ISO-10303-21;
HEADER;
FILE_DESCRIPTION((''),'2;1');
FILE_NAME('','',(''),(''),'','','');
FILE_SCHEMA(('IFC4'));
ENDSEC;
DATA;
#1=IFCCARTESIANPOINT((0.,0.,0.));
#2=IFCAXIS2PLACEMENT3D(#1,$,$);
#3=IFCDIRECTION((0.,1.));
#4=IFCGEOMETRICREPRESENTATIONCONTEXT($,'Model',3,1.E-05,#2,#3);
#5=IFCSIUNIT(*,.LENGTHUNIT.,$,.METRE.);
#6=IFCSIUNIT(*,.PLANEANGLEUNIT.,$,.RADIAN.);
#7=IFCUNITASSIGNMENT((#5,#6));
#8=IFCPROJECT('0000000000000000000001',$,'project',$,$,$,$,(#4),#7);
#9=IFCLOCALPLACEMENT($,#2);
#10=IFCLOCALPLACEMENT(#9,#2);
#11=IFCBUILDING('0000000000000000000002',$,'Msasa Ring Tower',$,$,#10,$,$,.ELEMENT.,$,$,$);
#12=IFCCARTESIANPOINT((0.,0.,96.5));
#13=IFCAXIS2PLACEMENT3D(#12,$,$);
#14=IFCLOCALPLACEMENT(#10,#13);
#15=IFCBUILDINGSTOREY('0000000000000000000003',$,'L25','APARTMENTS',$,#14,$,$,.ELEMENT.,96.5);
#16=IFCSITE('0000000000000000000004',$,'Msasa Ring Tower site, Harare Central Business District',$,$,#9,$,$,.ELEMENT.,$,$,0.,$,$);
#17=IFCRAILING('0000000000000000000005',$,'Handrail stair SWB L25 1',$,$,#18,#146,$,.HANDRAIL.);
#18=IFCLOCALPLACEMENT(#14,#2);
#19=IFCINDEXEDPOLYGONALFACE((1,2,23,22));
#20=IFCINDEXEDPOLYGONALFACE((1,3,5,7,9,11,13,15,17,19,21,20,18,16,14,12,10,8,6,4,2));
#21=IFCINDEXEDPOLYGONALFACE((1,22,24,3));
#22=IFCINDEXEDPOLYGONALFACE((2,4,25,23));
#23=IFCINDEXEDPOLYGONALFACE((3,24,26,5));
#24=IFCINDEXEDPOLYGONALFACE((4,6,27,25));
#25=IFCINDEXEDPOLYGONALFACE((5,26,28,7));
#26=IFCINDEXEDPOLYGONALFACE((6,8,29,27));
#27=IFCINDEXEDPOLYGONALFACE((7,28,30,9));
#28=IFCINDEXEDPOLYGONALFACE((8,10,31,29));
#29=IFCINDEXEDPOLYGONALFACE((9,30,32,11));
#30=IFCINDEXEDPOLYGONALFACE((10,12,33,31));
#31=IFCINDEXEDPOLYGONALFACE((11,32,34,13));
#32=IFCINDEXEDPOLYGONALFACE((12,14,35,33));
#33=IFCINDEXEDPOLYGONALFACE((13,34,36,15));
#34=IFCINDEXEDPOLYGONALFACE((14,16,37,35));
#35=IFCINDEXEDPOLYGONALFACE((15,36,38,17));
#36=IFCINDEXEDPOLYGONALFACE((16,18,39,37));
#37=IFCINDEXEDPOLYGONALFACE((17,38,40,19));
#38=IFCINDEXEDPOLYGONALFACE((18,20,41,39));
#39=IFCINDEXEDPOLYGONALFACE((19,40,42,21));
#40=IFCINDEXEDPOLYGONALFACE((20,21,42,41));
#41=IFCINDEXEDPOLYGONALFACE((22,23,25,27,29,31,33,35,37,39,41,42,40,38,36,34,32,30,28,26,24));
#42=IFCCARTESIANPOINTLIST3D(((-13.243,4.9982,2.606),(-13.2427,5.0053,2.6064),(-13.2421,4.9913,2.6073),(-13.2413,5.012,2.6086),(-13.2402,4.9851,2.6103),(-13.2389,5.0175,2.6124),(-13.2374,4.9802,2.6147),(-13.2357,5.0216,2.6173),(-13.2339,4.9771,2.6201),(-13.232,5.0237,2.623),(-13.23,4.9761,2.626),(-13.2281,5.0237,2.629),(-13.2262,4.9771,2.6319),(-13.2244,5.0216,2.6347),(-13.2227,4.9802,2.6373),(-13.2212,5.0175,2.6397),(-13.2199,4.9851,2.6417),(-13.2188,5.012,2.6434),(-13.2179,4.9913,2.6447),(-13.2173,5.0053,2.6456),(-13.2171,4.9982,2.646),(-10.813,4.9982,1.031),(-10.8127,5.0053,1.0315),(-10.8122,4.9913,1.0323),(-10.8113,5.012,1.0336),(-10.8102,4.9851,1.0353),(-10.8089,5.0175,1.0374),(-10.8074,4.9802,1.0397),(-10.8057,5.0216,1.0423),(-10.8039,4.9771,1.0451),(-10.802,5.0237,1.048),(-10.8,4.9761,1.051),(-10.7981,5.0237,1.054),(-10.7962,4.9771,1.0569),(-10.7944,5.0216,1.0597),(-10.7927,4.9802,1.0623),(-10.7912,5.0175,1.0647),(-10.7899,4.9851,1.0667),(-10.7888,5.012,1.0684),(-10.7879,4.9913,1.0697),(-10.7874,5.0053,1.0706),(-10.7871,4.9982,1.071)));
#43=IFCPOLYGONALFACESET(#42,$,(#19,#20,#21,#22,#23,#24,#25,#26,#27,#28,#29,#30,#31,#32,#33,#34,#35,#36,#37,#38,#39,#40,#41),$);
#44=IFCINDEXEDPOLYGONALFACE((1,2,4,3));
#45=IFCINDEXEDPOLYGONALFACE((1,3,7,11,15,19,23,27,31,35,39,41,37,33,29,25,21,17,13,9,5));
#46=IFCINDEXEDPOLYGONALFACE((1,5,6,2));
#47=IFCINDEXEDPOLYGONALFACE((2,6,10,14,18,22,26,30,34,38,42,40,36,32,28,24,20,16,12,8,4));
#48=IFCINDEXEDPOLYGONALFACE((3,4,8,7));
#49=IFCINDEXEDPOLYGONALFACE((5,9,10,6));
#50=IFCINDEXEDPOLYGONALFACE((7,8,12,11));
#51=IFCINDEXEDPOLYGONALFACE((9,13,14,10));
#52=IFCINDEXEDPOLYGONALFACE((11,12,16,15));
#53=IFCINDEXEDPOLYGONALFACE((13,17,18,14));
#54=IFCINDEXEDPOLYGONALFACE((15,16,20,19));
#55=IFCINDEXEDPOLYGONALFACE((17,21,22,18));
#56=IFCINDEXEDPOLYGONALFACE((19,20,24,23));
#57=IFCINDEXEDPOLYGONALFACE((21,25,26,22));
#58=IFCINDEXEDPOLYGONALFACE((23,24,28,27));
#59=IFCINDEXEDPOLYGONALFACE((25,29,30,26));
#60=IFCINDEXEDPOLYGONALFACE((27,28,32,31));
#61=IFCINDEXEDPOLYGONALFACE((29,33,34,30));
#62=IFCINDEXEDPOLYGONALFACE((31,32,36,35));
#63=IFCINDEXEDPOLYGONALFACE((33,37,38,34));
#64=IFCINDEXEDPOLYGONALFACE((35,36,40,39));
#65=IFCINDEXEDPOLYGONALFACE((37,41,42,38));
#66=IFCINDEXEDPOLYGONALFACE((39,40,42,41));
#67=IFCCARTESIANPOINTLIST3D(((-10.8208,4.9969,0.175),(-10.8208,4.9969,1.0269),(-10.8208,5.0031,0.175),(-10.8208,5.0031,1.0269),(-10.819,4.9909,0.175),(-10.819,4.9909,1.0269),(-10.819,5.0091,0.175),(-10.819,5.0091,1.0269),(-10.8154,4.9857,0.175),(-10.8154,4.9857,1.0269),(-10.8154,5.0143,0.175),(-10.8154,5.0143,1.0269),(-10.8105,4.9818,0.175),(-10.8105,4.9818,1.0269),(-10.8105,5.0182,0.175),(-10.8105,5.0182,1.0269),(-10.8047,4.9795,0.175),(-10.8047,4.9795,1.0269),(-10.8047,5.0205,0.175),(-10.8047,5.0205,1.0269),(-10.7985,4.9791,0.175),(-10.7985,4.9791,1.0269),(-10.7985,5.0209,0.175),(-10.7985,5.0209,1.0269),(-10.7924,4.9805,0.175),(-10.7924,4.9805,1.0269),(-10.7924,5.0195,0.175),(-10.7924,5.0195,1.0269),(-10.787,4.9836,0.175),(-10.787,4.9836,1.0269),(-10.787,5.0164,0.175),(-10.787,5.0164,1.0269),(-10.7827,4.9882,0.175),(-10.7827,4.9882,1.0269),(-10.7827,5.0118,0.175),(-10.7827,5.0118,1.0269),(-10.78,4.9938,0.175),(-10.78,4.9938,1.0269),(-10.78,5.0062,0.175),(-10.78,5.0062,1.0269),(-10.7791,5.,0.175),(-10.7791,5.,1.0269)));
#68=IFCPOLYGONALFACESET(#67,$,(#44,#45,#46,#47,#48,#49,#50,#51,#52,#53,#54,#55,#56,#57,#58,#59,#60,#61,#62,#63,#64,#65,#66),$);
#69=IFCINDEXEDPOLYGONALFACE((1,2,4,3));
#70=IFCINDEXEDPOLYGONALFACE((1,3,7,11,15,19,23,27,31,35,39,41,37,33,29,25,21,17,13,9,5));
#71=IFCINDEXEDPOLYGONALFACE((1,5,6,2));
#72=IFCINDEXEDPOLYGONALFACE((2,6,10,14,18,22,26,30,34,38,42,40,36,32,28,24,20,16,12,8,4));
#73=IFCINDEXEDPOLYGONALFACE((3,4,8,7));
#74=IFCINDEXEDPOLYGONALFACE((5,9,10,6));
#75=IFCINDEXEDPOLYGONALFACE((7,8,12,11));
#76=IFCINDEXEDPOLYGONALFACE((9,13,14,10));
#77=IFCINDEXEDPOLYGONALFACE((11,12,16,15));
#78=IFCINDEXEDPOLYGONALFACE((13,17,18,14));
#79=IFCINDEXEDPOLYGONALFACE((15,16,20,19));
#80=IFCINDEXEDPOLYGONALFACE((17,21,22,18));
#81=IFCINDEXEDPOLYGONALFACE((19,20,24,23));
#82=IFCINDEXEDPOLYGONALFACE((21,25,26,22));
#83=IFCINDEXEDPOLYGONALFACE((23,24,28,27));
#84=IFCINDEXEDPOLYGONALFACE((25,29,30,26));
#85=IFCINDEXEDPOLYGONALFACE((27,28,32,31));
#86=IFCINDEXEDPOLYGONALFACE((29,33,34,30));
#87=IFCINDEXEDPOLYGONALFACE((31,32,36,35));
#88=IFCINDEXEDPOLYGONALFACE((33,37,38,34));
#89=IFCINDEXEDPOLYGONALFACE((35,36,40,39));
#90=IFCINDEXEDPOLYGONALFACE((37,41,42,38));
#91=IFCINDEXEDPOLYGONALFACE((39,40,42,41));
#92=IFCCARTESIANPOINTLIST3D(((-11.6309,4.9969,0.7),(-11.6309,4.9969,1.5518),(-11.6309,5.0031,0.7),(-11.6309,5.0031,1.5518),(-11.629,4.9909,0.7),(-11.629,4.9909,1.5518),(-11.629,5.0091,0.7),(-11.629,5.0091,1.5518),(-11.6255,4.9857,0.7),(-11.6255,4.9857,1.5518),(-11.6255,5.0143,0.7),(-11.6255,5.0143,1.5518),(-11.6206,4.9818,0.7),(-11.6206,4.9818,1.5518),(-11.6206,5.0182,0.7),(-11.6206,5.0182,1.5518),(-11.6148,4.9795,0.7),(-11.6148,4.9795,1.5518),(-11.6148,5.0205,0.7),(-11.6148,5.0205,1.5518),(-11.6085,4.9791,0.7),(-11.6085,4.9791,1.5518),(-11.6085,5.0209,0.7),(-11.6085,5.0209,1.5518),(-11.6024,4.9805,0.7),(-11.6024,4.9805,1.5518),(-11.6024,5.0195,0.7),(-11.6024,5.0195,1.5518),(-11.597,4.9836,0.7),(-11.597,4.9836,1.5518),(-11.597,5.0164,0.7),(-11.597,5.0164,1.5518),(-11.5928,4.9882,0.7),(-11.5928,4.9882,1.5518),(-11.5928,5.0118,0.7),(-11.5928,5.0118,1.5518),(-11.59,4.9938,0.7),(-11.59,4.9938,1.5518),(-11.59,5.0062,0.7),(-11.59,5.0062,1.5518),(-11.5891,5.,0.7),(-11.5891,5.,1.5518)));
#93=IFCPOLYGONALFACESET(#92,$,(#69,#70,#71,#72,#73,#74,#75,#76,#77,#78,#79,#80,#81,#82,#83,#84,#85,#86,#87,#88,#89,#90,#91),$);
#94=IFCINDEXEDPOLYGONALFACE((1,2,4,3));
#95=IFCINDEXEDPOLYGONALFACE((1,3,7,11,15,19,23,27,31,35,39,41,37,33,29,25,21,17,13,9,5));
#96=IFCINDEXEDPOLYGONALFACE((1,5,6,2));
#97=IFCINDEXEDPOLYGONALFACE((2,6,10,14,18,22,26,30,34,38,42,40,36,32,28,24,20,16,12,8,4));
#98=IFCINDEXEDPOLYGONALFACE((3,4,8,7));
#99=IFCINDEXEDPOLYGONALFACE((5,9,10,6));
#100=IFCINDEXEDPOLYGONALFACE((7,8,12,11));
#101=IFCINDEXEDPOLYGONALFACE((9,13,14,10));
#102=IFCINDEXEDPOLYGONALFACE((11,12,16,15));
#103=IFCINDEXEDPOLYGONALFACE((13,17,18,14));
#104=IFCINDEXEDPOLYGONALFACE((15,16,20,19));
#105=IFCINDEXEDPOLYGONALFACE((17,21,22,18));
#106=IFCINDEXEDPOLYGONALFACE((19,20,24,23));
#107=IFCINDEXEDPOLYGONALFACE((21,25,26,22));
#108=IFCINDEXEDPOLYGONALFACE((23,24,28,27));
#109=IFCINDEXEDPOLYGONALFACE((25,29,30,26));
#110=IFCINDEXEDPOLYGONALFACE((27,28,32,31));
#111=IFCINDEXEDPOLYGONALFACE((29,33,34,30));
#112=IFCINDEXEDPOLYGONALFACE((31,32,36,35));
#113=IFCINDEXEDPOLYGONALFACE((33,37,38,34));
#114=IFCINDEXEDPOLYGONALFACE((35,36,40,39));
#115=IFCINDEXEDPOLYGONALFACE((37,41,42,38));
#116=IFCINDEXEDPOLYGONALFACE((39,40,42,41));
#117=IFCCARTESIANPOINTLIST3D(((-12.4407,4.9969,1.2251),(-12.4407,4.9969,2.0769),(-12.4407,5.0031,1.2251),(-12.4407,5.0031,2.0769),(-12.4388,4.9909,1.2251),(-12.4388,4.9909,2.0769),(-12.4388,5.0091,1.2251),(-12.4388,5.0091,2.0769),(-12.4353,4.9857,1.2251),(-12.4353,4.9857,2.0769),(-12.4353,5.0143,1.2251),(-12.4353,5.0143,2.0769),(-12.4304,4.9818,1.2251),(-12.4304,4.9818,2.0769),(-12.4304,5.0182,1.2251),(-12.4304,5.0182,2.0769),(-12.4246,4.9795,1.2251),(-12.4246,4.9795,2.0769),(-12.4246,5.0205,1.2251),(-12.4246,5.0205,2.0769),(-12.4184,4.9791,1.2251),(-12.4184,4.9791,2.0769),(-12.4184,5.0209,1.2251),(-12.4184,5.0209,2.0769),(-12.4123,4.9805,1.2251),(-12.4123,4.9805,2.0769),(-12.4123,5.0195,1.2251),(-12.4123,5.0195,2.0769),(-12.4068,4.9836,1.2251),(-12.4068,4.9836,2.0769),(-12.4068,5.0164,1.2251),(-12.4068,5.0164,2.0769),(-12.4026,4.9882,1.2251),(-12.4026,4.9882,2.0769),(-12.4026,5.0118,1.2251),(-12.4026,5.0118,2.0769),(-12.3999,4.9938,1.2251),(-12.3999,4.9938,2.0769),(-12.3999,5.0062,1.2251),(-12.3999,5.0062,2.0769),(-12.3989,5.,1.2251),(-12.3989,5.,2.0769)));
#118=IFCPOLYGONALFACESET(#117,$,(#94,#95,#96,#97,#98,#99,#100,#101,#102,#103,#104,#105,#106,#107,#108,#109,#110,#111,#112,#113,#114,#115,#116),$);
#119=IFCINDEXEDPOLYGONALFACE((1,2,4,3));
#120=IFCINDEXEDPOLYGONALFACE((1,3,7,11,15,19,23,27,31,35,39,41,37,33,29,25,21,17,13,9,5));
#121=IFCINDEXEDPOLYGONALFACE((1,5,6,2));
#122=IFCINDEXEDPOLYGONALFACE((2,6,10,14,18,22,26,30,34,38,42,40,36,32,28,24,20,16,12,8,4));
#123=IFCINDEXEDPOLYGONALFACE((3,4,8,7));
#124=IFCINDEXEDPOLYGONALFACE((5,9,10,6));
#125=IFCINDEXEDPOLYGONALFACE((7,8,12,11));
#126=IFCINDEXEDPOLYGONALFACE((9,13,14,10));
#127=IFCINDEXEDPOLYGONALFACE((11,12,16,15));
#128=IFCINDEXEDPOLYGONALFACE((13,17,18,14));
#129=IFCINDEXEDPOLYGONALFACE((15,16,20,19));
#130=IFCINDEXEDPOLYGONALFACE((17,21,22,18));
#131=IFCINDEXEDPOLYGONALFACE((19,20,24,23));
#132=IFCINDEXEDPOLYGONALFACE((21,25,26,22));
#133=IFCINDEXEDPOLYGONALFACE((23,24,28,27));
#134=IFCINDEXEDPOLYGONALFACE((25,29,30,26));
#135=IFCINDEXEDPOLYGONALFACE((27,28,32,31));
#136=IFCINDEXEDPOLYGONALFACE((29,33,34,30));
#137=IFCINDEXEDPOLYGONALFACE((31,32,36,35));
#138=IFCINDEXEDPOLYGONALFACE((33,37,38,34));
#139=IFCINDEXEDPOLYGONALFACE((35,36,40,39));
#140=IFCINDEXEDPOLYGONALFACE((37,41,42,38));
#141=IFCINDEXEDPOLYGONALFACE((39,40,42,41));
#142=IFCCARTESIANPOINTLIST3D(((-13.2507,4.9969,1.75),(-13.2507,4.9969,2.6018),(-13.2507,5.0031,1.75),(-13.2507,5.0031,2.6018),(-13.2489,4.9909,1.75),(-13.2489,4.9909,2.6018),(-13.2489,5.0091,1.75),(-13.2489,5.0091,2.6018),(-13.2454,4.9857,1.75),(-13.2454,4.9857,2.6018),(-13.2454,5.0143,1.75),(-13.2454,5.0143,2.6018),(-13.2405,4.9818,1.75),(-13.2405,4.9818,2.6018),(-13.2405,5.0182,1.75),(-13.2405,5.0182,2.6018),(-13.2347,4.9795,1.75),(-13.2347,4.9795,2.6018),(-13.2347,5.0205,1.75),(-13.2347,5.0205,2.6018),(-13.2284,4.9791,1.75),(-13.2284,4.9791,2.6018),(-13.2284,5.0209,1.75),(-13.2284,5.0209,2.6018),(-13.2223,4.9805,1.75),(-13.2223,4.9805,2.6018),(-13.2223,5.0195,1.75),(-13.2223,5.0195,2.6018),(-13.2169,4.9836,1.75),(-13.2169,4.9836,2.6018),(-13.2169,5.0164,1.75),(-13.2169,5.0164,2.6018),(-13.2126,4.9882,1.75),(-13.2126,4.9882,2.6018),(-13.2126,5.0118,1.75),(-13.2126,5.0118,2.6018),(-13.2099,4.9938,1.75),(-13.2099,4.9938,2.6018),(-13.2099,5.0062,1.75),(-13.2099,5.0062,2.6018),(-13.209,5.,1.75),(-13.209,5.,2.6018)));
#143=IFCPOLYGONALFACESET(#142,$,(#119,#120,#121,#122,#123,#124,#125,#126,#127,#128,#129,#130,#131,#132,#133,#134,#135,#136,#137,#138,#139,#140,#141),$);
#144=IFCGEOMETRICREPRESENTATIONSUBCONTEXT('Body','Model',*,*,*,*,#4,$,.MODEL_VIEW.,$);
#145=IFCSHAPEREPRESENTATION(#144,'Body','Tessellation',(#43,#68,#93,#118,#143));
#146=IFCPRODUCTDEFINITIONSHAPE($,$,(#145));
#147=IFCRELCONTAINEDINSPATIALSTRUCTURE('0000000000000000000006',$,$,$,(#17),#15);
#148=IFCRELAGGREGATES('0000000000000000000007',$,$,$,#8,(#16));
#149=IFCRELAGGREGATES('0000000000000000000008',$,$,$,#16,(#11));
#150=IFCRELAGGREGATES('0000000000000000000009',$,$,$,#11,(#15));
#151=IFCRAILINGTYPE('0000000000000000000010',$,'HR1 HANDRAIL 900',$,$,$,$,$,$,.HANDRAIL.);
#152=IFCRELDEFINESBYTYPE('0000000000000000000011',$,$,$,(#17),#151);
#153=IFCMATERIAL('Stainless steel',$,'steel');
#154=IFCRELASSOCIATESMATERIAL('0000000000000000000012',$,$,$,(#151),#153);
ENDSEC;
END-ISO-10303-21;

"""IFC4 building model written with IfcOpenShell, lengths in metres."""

from ifc_helpers import new_model, si_unit, direction, frame, origin, origin_2d, place, context, subcontext, project, spatial, circle, extrude, material, type_object, element, save


model = new_model("IFC4")

# Units and contexts
model_context = context("Model", 3, precision=1e-05, world=origin(), true_north=direction((0.0, 1.0)))
body_context = subcontext(model_context, "Body", "Model", "MODEL_VIEW")
ifc_project = project(units=[si_unit("LENGTHUNIT", "METRE"), si_unit("PLANEANGLEUNIT", "RADIAN")], contexts=[model_context])

# Site, building, storey
site_placement = place(None, origin())
site = spatial("IfcSite", under=ifc_project, at=site_placement, Name="Msasa Ring Tower site, Harare Central Business District", CompositionType="ELEMENT", RefElevation=0.0)
building_placement = place(site_placement, origin())
building = spatial("IfcBuilding", under=site, at=building_placement, Name="Msasa Ring Tower", CompositionType="ELEMENT")
storey_placement = place(building_placement, frame((0.0, 0.0, 96.5)))
storey = spatial("IfcBuildingStorey", under=building, at=storey_placement, Name="L25", Description="APARTMENTS", CompositionType="ELEMENT", Elevation=96.5)

# Railing
ifc_material_1 = material(Name="Stainless steel", Category="steel")
railing_type = type_object("IfcRailingType", Name="HR1 HANDRAIL 900", PredefinedType="HANDRAIL", material=ifc_material_1)
railing_placement = place(storey_placement, frame((-10.8, 5.0, 0.175)))
element("IfcRailing", 1, at=railing_placement, inside=storey, type_object=railing_type, Name="Handrail stair SWB L25 1", PredefinedType="HANDRAIL", context=body_context, shape_type="SweptSolid", body=[
    extrude(circle(Radius=0.0239, at=origin_2d()), frame((0.0, 0.0, 0.876), z_axis=(-0.839154, 0.0, 0.543894), x_axis=(0.0, -1.0, 0.0)), (0.0, 0.0, 1.0), 2.8958),
    extrude(circle(Radius=0.021, at=origin_2d()), origin(), (0.0, 0.0, 1.0), 0.8518),
    extrude(circle(Radius=0.021, at=origin_2d()), frame((-0.8101, 0.0, 0.5249)), (0.0, 0.0, 1.0), 0.8518),
    extrude(circle(Radius=0.021, at=origin_2d()), frame((-1.6199, 0.0, 1.05)), (0.0, 0.0, 1.0), 0.8518),
    extrude(circle(Radius=0.021, at=origin_2d()), frame((-2.4299, 0.0, 1.575)), (0.0, 0.0, 1.0), 0.8518),
])

save(model, "model.ifc")
